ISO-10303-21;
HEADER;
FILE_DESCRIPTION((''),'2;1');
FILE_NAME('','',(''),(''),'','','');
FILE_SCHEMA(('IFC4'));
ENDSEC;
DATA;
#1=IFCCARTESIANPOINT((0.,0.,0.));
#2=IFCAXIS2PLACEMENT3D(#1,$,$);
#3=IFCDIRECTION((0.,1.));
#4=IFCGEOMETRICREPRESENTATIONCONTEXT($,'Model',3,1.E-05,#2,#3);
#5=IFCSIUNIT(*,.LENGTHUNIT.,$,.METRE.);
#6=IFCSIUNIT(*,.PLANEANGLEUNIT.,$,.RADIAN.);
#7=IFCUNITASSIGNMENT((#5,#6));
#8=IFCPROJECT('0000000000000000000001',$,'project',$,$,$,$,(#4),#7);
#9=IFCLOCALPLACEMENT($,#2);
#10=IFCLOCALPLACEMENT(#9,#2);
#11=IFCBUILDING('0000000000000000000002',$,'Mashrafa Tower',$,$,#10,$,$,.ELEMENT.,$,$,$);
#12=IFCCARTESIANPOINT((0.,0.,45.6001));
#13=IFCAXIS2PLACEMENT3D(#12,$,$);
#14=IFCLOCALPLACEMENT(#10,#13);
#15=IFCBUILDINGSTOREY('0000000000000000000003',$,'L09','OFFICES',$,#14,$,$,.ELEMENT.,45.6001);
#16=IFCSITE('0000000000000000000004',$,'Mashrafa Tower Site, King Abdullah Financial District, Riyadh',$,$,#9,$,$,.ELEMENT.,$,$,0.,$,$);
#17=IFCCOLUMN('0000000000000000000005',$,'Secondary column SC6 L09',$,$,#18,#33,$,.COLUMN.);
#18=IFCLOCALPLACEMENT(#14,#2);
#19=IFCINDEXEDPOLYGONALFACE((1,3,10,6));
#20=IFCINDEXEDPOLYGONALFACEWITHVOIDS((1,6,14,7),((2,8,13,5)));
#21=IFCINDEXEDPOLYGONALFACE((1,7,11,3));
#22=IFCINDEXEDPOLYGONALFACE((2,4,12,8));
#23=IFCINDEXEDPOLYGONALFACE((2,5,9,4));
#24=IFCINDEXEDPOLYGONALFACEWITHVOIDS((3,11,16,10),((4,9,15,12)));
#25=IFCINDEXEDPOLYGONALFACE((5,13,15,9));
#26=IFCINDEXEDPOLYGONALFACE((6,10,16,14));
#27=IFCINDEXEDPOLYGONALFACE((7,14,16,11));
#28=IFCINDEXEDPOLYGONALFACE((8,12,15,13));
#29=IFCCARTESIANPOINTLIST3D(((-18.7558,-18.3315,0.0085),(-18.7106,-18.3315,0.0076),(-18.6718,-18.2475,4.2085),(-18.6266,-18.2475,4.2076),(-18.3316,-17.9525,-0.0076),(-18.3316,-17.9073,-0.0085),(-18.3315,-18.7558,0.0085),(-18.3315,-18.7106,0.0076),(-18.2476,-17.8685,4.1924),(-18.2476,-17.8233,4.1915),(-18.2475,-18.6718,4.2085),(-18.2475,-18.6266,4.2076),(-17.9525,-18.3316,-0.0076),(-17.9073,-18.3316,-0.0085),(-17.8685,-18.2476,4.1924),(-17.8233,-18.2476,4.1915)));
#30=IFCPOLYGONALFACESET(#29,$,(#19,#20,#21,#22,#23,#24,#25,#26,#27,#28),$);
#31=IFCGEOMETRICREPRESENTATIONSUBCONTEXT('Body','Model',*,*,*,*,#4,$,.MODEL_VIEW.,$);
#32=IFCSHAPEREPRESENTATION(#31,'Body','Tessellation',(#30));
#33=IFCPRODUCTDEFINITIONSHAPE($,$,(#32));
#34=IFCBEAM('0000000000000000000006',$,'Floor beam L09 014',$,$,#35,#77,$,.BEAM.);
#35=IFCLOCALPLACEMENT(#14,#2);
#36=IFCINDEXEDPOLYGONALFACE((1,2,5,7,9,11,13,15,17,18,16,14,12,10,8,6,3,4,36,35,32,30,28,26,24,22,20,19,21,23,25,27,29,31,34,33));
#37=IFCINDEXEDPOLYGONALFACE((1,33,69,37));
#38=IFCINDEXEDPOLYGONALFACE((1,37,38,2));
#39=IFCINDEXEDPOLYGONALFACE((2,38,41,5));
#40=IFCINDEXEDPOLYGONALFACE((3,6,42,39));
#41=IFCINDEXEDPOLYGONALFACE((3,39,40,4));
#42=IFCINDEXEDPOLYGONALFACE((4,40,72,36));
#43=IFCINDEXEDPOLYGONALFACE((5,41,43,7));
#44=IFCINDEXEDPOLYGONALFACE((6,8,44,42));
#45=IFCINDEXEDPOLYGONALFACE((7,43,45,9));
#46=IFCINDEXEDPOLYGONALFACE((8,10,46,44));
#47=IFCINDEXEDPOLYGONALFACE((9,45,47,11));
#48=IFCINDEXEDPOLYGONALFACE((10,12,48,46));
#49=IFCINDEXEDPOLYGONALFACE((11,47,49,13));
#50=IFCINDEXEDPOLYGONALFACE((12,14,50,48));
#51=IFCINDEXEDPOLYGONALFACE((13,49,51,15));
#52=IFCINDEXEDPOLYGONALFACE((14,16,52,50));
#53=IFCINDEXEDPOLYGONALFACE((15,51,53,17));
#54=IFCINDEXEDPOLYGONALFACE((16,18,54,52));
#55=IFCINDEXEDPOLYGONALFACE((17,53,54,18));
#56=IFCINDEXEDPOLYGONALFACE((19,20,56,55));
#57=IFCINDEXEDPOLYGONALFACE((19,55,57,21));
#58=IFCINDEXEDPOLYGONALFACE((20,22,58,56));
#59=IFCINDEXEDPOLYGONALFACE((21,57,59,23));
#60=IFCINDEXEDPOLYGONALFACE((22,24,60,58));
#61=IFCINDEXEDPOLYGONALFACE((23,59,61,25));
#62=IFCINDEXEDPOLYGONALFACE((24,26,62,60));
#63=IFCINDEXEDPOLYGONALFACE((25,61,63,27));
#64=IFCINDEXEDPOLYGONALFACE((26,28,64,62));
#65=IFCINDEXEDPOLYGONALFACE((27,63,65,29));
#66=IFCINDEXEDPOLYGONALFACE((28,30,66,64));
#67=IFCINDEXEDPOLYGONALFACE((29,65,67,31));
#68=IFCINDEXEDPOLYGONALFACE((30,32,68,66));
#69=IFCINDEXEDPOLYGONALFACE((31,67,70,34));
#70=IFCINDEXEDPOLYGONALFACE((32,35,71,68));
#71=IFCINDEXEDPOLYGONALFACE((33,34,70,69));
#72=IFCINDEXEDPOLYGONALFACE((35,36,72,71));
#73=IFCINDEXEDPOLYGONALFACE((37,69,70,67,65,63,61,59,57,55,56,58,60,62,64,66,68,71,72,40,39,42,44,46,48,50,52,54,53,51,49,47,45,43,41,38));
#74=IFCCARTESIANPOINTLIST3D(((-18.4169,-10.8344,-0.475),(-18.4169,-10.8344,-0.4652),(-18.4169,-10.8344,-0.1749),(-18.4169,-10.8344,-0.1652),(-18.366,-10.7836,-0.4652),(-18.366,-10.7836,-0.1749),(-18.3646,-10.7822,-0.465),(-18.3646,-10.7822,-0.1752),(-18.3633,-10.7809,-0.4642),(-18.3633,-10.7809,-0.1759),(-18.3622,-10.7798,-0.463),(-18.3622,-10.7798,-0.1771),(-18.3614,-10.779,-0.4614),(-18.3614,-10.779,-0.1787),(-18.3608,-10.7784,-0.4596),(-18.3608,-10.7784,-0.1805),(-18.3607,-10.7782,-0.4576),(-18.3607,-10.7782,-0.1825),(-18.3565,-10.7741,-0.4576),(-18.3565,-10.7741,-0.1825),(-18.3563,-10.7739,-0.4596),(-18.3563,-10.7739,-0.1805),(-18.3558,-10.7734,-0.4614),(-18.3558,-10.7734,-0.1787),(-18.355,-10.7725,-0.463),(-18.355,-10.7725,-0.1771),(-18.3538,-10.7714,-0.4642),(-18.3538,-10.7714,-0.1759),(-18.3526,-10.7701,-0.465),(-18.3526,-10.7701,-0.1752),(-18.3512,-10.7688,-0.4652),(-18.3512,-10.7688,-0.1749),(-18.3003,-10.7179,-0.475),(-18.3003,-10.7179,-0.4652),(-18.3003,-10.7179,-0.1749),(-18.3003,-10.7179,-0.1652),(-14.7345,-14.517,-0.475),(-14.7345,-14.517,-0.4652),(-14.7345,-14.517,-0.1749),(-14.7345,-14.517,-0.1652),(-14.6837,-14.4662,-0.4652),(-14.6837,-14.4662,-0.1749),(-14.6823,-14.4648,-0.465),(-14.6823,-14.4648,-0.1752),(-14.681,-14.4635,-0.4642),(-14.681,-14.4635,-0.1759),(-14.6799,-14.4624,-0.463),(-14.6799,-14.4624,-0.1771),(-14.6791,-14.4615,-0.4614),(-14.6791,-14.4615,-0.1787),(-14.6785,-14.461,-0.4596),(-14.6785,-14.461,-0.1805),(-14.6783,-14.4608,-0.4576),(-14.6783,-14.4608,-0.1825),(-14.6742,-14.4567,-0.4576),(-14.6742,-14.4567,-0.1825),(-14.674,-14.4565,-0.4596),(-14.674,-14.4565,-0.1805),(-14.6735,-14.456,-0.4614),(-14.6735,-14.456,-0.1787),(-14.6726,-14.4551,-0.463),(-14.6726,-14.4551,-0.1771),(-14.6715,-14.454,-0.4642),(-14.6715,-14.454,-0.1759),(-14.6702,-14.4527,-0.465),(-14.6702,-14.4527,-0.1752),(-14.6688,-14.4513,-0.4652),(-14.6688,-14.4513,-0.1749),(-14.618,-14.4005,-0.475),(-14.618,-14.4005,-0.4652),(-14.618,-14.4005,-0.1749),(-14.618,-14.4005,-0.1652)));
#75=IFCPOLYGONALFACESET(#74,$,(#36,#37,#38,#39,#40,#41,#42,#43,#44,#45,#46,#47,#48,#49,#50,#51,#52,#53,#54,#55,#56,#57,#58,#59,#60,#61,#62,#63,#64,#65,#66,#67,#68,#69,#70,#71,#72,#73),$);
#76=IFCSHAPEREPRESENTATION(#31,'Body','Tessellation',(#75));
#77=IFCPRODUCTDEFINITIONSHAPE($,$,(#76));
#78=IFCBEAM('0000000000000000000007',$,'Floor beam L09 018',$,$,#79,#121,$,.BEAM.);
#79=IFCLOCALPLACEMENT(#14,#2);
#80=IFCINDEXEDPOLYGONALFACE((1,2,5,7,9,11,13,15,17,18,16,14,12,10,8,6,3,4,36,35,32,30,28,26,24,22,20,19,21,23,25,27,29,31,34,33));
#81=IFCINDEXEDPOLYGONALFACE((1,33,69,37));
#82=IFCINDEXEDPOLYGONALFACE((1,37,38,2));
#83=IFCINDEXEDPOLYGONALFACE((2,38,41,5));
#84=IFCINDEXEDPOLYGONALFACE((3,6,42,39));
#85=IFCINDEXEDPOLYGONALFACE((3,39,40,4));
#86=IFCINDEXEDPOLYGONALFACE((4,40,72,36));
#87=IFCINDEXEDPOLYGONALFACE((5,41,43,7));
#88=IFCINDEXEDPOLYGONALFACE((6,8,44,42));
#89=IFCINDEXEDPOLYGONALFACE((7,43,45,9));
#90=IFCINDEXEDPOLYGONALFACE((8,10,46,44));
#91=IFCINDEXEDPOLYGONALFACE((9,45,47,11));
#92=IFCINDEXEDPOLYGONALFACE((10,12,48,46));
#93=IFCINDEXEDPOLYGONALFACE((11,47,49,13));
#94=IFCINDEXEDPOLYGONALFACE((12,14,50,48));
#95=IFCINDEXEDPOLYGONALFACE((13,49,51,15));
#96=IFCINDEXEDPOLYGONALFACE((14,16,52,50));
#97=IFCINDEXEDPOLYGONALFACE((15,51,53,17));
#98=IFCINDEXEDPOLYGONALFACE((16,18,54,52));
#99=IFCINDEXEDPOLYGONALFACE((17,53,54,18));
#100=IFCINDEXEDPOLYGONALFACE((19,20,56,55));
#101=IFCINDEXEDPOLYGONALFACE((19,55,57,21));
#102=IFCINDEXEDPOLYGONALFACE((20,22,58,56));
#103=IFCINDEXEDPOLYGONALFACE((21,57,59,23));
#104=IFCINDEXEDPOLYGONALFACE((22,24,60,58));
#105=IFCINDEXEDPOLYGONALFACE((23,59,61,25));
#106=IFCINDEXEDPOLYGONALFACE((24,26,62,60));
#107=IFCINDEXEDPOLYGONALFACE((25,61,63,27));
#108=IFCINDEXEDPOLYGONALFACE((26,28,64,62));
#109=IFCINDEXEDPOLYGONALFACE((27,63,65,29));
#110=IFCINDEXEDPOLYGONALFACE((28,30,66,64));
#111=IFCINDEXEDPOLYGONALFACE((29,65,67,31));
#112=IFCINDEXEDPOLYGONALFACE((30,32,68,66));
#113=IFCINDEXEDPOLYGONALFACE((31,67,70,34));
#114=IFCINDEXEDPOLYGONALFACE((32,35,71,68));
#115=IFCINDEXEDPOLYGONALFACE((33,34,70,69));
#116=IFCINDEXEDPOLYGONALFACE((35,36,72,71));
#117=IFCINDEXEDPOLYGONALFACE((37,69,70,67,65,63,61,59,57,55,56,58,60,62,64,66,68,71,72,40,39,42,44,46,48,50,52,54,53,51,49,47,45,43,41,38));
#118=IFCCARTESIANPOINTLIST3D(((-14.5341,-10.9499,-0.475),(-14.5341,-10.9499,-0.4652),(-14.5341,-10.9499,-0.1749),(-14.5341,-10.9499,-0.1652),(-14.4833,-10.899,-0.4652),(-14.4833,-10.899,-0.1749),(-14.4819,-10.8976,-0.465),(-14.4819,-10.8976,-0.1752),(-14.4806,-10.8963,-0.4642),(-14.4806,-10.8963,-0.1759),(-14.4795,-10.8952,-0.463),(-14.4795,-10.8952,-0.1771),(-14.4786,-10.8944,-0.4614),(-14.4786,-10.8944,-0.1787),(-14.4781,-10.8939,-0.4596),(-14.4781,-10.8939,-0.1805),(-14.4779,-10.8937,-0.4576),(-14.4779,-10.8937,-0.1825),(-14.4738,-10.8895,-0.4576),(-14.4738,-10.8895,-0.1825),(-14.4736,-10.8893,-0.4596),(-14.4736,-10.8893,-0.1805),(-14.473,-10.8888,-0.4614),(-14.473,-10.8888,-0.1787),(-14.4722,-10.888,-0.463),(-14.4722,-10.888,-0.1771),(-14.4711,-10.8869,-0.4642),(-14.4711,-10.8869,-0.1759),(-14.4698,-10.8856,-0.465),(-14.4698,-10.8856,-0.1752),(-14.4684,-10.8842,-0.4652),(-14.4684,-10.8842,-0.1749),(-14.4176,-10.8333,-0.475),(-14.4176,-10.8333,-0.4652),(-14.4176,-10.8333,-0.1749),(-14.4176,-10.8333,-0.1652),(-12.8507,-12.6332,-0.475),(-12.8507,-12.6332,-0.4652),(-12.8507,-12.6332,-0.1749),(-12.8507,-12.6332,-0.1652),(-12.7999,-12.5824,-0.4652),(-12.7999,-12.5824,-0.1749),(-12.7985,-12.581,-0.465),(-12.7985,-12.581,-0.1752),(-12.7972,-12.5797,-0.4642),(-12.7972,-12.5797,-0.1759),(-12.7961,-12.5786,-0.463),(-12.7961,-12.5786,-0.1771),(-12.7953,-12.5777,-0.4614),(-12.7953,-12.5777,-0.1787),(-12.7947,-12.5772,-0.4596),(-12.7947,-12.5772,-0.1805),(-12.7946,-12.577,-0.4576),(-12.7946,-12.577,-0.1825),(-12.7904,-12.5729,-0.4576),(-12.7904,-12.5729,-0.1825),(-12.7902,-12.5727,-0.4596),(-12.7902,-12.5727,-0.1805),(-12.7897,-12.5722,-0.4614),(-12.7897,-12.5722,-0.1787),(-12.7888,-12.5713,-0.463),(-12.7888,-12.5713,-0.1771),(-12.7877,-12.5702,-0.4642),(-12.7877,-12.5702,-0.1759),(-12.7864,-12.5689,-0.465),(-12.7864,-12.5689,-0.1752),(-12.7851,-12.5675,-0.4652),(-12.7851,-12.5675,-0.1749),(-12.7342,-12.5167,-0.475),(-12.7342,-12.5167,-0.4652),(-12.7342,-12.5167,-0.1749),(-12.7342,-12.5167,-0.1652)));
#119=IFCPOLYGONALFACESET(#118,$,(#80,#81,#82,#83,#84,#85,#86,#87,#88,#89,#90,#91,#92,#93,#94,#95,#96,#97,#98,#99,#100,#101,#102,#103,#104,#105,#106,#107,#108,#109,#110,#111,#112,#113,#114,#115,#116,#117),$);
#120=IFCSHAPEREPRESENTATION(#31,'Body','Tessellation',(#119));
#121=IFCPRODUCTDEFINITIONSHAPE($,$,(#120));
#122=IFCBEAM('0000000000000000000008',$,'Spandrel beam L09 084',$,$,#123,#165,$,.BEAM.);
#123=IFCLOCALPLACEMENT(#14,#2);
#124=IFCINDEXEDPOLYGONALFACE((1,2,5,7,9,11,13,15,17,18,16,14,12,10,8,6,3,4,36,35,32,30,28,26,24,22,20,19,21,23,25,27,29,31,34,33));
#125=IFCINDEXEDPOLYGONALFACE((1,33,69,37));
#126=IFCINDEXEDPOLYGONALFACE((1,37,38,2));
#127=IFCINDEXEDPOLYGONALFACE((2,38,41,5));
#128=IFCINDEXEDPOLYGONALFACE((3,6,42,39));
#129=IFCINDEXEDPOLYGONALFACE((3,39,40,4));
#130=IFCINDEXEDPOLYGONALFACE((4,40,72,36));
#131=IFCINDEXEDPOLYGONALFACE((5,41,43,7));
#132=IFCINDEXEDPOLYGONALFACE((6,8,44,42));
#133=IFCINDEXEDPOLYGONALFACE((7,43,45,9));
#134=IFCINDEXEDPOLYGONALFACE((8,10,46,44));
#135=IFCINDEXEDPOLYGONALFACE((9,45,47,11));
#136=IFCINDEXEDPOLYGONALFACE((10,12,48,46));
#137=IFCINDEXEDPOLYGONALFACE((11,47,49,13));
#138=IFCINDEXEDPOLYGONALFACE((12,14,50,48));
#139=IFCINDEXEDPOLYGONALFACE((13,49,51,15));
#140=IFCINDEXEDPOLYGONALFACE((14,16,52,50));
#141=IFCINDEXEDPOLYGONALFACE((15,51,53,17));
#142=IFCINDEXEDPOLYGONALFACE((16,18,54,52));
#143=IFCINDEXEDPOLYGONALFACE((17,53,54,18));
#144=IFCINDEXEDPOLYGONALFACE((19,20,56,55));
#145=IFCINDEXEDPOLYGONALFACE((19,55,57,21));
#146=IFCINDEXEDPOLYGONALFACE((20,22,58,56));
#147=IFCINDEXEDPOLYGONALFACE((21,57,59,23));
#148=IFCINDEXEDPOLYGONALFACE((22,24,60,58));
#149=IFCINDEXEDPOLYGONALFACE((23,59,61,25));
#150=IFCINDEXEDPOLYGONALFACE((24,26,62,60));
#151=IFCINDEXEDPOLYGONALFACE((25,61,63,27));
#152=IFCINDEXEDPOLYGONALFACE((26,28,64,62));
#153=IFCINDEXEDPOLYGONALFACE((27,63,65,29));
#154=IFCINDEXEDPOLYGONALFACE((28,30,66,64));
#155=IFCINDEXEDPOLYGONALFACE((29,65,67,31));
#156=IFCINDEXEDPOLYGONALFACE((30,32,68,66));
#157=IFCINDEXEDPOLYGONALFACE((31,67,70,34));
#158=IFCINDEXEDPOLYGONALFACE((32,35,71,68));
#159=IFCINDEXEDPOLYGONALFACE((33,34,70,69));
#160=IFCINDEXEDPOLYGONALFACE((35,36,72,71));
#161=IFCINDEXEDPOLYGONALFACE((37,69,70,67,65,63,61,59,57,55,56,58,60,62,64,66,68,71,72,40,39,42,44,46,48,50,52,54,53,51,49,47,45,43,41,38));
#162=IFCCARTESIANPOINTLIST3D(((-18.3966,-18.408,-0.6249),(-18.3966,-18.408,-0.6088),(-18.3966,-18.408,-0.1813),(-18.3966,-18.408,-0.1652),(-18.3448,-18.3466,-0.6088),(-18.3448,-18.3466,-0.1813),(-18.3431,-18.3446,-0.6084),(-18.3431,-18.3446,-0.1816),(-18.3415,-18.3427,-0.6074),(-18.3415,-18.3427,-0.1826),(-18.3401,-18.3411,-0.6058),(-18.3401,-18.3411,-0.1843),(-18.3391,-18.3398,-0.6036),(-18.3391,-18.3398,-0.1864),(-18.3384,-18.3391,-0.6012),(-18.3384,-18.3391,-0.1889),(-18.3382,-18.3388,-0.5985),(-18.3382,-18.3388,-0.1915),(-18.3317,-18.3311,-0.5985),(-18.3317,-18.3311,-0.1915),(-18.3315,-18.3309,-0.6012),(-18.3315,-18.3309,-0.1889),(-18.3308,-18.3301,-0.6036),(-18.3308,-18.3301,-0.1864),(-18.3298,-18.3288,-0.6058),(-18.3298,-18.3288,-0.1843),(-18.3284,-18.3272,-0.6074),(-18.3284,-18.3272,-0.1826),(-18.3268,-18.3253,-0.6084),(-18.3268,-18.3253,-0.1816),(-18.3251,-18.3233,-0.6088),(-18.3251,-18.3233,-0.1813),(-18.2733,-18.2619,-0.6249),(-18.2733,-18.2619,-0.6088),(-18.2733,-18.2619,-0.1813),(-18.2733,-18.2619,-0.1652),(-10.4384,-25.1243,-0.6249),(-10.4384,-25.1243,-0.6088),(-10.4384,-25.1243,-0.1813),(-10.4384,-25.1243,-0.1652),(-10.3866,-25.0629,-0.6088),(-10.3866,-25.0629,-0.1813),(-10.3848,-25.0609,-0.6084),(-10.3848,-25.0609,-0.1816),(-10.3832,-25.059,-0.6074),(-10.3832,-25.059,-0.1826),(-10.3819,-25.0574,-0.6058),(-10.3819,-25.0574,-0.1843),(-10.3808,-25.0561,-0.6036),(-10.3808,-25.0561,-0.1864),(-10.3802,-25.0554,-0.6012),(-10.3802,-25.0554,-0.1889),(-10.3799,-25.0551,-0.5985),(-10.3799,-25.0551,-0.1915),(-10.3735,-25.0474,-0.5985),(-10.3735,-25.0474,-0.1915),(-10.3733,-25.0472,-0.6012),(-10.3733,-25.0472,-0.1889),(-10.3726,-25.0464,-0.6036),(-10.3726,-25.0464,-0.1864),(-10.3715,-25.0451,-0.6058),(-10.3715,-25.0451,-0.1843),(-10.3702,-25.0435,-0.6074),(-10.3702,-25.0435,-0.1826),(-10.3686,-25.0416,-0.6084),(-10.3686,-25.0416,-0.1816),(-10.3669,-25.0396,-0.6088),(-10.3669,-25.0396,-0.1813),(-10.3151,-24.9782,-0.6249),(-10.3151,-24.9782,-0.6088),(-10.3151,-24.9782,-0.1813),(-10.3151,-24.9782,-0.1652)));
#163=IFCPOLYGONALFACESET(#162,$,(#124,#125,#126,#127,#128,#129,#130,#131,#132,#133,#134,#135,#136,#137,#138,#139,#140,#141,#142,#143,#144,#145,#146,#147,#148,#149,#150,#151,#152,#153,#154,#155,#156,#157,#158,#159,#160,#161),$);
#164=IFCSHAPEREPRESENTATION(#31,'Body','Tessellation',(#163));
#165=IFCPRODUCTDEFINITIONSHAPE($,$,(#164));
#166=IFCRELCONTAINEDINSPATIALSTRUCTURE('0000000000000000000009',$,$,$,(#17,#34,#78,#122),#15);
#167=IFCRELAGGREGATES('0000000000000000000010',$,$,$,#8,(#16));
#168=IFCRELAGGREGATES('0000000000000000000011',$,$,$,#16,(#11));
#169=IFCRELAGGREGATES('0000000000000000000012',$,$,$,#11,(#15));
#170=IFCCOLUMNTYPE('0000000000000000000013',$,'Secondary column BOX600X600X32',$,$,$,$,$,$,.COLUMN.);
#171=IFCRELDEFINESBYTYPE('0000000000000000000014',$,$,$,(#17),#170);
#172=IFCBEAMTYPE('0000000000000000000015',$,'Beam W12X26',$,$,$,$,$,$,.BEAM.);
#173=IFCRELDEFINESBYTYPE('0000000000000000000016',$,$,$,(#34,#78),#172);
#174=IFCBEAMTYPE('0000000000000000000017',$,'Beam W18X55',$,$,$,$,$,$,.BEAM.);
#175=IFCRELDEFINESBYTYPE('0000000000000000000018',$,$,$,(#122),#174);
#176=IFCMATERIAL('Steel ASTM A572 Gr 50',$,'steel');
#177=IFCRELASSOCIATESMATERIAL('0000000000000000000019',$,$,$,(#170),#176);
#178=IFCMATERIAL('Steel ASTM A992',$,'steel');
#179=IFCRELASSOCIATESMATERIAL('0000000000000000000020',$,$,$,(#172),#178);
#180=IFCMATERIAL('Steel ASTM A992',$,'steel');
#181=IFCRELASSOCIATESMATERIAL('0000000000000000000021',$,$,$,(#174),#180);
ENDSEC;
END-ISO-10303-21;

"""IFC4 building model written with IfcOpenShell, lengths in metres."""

from ifc_helpers import new_model, si_unit, direction, frame, origin, origin_2d, place, context, subcontext, project, spatial, hollow_rectangle, i_section, extrude, material, material_profile, profile_set, type_object, element, save


model = new_model("IFC4")

# Units and contexts
model_context = context("Model", 3, precision=1e-05, world=origin(), true_north=direction((0.0, 1.0)))
body_context = subcontext(model_context, "Body", "Model", "MODEL_VIEW")
ifc_project = project(units=[si_unit("LENGTHUNIT", "METRE"), si_unit("PLANEANGLEUNIT", "RADIAN")], contexts=[model_context])

# Site, building, storey
site_placement = place(None, origin())
site = spatial("IfcSite", under=ifc_project, at=site_placement, Name="Mashrafa Tower Site, King Abdullah Financial District, Riyadh", CompositionType="ELEMENT", RefElevation=0.0)
building_placement = place(site_placement, origin())
building = spatial("IfcBuilding", under=site, at=building_placement, Name="Mashrafa Tower", CompositionType="ELEMENT")
storey_placement = place(building_placement, frame((0.0, 0.0, 45.6001)))
storey = spatial("IfcBuildingStorey", under=building, at=storey_placement, Name="L09", Description="OFFICES", CompositionType="ELEMENT", Elevation=45.6001)

# Column
ifc_material_1 = material(Name="Steel ASTM A572 Gr 50", Category="steel")
ifc_material_profile_1 = material_profile(ifc_material_1, hollow_rectangle(XDim=0.6001, YDim=0.6001, WallThickness=0.032, at=origin_2d()), Name="BOX600X600X32")
ifc_profile_set_1 = profile_set([ifc_material_profile_1], Name="Steel ASTM A572 Gr 50")
column_type = type_object("IfcColumnType", Name="Secondary column BOX600X600X32", PredefinedType="COLUMN", material=ifc_profile_set_1)
column_placement = place(storey_placement, frame((-18.3315, -18.3315, 0.0), z_axis=(0.019989, 0.019989, 0.9996), x_axis=(-0.707107, 0.707107, 0.0)))
element("IfcColumn", 1, at=column_placement, inside=storey, type_object=column_type, Name="Secondary column SC6 L09", PredefinedType="COLUMN", context=body_context, shape_type="SweptSolid", body=[
    extrude(hollow_rectangle(XDim=0.6001, YDim=0.6001, WallThickness=0.032, at=origin_2d()), origin(), (0.0, 0.0, 1.0), 4.2017),
])

# Beams
ifc_material_2 = material(Name="Steel ASTM A992", Category="steel")
ifc_material_profile_2 = material_profile(ifc_material_2, i_section(OverallWidth=0.1648, OverallDepth=0.3098, WebThickness=0.0059, FlangeThickness=0.0098, FilletRadius=0.0076, at=origin_2d()), Name="W12X26")
ifc_profile_set_2 = profile_set([ifc_material_profile_2], Name="Steel ASTM A992")
beam_type_1 = type_object("IfcBeamType", Name="Beam W12X26", PredefinedType="BEAM", material=ifc_profile_set_2)
beam_1_placement = place(storey_placement, frame((-14.6763, -14.4587, -0.3201), z_axis=(-0.707083, 0.70713, 0.0), x_axis=(-0.70713, -0.707083, 0.0)))
element("IfcBeam", 2, at=beam_1_placement, inside=storey, type_object=beam_type_1, Name="Floor beam L09 014", PredefinedType="BEAM", context=body_context, shape_type="SweptSolid", body=[
    extrude(i_section(OverallWidth=0.1648, OverallDepth=0.3098, WebThickness=0.0059, FlangeThickness=0.0098, FilletRadius=0.0076, at=origin_2d()), origin(), (0.0, 0.0, 1.0), 5.2078),
])
beam_2_placement = place(storey_placement, frame((-12.7925, -12.575, -0.3201), z_axis=(-0.707107, 0.707107, 0.0), x_axis=(-0.707107, -0.707107, 0.0)))
element("IfcBeam", 3, at=beam_2_placement, inside=storey, type_object=beam_type_1, Name="Floor beam L09 018", PredefinedType="BEAM", context=body_context, shape_type="SweptSolid", body=[
    extrude(i_section(OverallWidth=0.1648, OverallDepth=0.3098, WebThickness=0.0059, FlangeThickness=0.0098, FilletRadius=0.0076, at=origin_2d()), origin(), (0.0, 0.0, 1.0), 2.3806),
])
ifc_material_3 = material(Name="Steel ASTM A992", Category="steel")
ifc_material_profile_3 = material_profile(ifc_material_3, i_section(OverallWidth=0.1912, OverallDepth=0.4597, WebThickness=0.01, FlangeThickness=0.0161, FilletRadius=0.0103, at=origin_2d()), Name="W18X55")
ifc_profile_set_3 = profile_set([ifc_material_profile_3], Name="Steel ASTM A992")
beam_type_2 = type_object("IfcBeamType", Name="Beam W18X55", PredefinedType="BEAM", material=ifc_profile_set_3)
beam_3_placement = place(storey_placement, frame((-18.335, -18.335, -0.395), z_axis=(0.764219, -0.644957, 0.0), x_axis=(0.644957, 0.764219, 0.0)))
element("IfcBeam", 4, at=beam_3_placement, inside=storey, type_object=beam_type_2, Name="Spandrel beam L09 084", PredefinedType="BEAM", context=body_context, shape_type="SweptSolid", body=[
    extrude(i_section(OverallWidth=0.1912, OverallDepth=0.4597, WebThickness=0.01, FlangeThickness=0.0161, FilletRadius=0.0103, at=origin_2d()), origin(), (0.0, 0.0, 1.0), 10.4136),
])

save(model, "model.ifc")
